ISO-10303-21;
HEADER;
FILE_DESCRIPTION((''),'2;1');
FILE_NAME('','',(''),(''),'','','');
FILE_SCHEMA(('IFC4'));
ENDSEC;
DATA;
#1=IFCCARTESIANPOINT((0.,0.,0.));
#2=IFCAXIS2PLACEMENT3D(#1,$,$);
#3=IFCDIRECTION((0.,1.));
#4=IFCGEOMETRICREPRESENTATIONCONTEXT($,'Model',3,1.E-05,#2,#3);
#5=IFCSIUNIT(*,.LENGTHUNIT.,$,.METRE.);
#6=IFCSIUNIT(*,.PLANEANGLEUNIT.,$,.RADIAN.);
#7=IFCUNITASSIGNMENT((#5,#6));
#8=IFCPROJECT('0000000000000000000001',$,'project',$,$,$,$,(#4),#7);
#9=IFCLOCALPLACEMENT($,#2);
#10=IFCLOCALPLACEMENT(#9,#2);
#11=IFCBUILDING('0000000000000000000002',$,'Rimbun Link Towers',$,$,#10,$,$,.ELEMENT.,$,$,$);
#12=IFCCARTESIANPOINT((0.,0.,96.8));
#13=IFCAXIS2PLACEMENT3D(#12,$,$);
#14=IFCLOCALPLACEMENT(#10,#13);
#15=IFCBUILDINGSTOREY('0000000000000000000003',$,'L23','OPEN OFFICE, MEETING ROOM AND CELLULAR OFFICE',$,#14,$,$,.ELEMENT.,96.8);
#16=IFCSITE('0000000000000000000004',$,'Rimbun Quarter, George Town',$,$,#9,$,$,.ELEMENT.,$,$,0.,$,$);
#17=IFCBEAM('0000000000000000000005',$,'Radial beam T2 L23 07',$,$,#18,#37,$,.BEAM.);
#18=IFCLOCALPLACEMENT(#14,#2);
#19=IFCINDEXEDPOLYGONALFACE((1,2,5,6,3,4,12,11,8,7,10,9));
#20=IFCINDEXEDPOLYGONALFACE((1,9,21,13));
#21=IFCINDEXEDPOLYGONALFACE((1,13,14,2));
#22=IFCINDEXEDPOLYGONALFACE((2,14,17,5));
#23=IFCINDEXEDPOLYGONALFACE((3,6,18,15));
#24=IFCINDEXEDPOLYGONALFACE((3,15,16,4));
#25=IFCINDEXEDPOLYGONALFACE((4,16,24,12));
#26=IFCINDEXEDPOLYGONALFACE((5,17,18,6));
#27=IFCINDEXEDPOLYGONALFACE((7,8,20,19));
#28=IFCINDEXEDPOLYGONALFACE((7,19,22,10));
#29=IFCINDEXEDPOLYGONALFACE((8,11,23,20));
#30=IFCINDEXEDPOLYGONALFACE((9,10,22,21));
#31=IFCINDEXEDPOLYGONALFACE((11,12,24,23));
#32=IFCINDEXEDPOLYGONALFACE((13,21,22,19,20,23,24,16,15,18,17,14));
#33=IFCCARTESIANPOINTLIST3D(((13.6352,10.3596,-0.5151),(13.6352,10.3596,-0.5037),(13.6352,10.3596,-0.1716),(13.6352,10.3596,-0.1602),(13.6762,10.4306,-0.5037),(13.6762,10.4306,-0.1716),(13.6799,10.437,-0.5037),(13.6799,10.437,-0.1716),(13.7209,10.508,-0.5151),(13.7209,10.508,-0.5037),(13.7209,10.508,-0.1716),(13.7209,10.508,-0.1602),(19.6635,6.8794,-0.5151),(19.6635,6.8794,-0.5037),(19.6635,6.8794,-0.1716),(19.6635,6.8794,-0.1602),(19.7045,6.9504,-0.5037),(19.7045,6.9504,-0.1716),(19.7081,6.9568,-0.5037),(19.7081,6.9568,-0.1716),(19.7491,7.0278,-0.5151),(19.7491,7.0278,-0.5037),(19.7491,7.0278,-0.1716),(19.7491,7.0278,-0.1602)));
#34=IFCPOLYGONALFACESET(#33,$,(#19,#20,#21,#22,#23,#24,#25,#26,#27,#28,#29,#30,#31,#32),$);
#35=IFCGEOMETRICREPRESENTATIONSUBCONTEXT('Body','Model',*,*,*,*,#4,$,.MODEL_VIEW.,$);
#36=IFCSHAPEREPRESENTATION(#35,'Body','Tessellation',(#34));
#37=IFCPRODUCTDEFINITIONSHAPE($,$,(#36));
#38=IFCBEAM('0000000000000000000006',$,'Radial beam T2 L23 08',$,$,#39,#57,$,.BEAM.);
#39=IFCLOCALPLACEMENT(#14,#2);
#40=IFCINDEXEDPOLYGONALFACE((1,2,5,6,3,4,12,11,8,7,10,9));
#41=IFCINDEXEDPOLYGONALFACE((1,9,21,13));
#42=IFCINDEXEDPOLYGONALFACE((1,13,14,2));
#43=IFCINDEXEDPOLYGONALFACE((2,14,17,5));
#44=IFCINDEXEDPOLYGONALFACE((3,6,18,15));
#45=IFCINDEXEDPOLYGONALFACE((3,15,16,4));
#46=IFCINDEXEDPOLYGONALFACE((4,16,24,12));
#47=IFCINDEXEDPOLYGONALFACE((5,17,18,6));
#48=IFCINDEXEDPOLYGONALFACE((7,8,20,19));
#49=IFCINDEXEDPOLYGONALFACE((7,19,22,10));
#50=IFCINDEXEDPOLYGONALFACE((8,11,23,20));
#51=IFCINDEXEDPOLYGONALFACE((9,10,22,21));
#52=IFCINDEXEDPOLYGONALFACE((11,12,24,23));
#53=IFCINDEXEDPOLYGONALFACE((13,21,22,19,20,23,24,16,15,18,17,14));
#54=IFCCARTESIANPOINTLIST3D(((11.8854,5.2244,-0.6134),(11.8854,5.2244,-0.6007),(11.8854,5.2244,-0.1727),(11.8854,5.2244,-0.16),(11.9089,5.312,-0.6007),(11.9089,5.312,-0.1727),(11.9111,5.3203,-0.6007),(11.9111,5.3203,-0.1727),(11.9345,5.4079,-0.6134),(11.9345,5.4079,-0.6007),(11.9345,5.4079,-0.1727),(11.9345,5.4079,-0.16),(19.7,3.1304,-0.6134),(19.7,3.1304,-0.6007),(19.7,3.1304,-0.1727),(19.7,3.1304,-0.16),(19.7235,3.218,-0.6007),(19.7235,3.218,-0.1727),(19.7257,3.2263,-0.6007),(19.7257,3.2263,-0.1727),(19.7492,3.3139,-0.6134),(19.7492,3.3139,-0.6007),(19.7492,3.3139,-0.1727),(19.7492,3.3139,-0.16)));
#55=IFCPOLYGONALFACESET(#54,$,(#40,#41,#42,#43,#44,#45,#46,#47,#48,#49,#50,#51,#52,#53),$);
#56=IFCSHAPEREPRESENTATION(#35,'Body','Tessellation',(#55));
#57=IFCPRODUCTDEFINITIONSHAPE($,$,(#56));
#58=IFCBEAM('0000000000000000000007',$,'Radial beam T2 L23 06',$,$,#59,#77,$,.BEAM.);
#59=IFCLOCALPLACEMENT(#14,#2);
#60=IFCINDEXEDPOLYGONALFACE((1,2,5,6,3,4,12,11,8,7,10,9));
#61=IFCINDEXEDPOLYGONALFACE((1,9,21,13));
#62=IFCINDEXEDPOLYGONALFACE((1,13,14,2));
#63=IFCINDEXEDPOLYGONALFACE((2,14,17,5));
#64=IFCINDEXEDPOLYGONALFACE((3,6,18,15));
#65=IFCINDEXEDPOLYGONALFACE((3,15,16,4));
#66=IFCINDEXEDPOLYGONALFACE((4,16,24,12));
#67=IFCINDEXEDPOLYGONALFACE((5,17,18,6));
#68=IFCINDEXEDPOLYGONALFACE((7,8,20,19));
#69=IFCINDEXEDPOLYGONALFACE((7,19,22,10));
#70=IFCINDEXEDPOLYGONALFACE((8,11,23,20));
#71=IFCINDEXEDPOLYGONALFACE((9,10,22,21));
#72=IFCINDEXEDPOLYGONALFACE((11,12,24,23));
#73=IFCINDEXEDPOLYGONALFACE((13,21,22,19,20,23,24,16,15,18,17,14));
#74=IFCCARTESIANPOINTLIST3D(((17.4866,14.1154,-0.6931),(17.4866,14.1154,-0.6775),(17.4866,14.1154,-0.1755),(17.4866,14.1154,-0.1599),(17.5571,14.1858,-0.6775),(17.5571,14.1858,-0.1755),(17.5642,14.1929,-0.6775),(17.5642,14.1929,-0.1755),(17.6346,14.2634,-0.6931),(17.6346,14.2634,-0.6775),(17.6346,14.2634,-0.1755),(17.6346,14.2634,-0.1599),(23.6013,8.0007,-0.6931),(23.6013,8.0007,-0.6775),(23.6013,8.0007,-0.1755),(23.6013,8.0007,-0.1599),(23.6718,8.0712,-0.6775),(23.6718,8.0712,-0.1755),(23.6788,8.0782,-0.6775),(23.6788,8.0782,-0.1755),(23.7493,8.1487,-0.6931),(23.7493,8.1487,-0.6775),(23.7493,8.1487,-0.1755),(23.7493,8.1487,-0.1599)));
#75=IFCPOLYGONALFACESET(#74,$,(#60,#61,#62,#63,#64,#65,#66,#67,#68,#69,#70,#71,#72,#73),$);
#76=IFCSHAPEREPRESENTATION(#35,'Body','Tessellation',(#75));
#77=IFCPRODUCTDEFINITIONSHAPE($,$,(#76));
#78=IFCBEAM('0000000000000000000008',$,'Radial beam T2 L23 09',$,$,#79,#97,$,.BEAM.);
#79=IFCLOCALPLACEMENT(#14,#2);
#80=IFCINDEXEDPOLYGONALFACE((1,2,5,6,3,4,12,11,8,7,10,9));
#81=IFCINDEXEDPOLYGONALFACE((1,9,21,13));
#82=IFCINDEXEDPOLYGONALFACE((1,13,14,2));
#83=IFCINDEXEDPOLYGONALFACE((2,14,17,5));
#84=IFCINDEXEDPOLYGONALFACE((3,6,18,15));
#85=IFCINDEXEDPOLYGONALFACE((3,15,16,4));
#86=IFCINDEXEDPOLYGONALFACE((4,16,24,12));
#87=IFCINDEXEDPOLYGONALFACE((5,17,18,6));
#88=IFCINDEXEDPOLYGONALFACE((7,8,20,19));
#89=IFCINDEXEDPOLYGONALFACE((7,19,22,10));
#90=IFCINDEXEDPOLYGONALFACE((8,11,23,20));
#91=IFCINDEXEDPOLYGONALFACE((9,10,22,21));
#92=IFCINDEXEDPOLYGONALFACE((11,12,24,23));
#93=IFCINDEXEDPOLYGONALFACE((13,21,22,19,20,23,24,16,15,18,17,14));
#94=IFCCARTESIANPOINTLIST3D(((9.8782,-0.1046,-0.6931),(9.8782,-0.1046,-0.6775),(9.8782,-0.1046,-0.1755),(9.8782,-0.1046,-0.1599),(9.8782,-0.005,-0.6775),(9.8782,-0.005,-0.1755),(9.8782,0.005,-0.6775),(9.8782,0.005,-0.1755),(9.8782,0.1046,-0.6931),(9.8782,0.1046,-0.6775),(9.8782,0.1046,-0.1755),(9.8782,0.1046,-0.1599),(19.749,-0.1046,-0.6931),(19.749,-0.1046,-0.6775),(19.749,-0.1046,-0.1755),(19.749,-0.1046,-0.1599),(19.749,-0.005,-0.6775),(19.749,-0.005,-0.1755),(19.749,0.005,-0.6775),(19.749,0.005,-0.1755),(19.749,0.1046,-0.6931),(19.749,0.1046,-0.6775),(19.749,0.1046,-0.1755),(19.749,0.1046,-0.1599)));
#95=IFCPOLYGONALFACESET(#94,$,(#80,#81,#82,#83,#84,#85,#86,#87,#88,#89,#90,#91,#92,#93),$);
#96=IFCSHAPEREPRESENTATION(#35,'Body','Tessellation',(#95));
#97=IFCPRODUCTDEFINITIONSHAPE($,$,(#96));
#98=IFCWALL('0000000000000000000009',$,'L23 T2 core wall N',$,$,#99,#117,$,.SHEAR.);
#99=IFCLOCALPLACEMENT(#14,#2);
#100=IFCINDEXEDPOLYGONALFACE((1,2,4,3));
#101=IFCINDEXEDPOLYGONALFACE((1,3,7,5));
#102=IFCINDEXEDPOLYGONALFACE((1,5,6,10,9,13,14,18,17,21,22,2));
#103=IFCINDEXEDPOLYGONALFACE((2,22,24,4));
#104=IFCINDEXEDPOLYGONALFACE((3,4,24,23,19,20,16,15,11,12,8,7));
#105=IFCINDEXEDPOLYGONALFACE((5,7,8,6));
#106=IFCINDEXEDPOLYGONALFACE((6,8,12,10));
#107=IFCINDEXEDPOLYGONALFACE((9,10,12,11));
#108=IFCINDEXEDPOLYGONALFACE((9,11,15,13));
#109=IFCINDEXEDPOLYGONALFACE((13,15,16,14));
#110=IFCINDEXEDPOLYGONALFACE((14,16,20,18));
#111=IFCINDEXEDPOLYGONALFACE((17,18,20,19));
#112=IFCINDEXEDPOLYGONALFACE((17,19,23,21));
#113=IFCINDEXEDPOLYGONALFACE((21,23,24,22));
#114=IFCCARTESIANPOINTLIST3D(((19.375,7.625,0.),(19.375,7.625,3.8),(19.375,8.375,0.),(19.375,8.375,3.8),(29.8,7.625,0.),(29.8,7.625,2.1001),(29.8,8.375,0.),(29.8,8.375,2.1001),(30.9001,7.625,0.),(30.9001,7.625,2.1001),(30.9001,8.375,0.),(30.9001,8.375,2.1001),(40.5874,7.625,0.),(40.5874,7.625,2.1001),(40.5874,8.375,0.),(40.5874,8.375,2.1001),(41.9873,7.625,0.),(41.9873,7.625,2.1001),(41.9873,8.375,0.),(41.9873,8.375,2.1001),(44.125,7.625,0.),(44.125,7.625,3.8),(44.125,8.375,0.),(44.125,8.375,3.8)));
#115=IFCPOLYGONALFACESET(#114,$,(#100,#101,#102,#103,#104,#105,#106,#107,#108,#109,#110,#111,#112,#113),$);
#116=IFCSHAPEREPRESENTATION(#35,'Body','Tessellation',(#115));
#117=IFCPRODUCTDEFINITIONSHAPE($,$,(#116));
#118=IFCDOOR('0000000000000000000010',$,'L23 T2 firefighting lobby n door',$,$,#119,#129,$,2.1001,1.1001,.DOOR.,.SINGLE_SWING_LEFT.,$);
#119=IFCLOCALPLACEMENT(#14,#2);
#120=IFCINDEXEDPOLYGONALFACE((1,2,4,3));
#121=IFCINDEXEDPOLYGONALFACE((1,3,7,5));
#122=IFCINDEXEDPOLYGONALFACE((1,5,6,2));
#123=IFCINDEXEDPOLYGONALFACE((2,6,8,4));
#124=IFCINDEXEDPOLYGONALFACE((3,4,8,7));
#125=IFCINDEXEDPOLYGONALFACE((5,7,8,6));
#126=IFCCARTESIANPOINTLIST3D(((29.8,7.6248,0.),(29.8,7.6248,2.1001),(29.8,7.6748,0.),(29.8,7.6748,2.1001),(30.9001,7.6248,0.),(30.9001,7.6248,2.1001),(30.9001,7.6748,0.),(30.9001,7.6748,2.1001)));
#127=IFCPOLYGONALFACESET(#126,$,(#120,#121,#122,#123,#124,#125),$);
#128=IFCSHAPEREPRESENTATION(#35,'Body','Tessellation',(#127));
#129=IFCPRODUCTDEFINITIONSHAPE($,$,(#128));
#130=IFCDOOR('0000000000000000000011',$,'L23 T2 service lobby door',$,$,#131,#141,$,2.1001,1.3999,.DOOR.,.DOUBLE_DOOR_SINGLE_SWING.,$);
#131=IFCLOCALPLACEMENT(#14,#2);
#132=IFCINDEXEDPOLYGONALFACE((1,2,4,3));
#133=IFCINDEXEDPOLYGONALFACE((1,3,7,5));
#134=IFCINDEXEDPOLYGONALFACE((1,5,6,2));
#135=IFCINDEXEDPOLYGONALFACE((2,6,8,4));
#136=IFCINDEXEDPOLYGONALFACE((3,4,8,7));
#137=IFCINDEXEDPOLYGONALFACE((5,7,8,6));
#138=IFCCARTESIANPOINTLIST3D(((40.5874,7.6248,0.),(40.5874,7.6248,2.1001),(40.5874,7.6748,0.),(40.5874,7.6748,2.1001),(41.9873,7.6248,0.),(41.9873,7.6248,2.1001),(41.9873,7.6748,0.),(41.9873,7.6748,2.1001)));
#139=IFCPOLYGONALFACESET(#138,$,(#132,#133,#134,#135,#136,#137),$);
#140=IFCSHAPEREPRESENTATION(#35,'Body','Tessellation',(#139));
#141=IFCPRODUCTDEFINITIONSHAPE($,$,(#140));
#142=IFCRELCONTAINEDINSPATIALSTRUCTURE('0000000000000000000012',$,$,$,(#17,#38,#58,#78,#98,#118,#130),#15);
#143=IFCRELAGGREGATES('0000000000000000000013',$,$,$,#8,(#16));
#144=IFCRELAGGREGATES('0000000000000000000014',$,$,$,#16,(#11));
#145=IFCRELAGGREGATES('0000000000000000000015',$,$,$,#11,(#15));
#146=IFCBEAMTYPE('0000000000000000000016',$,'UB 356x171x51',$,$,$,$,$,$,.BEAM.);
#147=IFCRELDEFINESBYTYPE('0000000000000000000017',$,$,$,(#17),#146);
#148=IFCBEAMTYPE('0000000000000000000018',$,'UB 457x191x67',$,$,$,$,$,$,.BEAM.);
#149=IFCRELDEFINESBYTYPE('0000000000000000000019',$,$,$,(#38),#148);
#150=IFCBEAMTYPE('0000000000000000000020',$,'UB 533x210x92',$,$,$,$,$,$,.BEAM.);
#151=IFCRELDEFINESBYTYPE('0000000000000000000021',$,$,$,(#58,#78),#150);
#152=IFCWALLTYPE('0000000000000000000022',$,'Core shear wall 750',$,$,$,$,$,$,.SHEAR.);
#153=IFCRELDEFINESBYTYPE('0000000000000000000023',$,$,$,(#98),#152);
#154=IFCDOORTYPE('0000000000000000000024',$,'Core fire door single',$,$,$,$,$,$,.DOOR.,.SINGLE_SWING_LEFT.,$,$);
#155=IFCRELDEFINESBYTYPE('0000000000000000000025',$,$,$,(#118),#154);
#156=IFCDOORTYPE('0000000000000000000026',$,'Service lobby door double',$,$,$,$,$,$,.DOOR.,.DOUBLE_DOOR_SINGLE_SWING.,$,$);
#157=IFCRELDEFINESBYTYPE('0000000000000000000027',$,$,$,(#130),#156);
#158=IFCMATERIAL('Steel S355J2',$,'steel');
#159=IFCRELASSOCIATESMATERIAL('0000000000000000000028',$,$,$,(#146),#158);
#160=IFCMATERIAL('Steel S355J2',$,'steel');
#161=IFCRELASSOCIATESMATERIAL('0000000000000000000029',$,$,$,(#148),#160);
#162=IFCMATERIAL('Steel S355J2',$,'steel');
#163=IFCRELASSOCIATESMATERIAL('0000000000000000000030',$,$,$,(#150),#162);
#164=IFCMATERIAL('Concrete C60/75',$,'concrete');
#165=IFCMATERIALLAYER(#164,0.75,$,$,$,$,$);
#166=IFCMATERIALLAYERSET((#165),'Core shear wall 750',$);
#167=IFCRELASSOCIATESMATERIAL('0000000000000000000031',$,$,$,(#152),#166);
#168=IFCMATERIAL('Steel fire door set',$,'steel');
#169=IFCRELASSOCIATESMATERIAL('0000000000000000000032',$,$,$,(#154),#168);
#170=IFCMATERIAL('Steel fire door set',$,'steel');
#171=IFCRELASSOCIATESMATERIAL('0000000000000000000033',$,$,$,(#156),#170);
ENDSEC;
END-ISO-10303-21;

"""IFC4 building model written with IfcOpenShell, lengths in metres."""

from ifc_helpers import new_model, si_unit, direction, frame, frame_2d, origin, origin_2d, place, context, subcontext, project, spatial, rectangle, i_section, extrude, material, layer, layer_set, material_profile, profile_set, type_object, element, fill, save


model = new_model("IFC4")

# Units and contexts
model_context = context("Model", 3, precision=1e-05, world=origin(), true_north=direction((0.0, 1.0)))
body_context = subcontext(model_context, "Body", "Model", "MODEL_VIEW")
ifc_project = project(units=[si_unit("LENGTHUNIT", "METRE"), si_unit("PLANEANGLEUNIT", "RADIAN")], contexts=[model_context])

# Site, building, storey
site_placement = place(None, origin())
site = spatial("IfcSite", under=ifc_project, at=site_placement, Name="Rimbun Quarter, George Town", CompositionType="ELEMENT", RefElevation=0.0)
building_placement = place(site_placement, origin())
building = spatial("IfcBuilding", under=site, at=building_placement, Name="Rimbun Link Towers", CompositionType="ELEMENT")
storey_placement = place(building_placement, frame((0.0, 0.0, 96.8)))
storey = spatial("IfcBuildingStorey", under=building, at=storey_placement, Name="L23", Description="OPEN OFFICE, MEETING ROOM AND CELLULAR OFFICE", CompositionType="ELEMENT", Elevation=96.8)

# Beams
ifc_material_1 = material(Name="Steel S355J2", Category="steel")
ifc_material_profile_1 = material_profile(ifc_material_1, i_section(OverallWidth=0.1714, OverallDepth=0.355, WebThickness=0.0073, FlangeThickness=0.0115, at=origin_2d()), Name="UB 356x171x51")
ifc_profile_set_1 = profile_set([ifc_material_profile_1], Name="Steel S355J2")
beam_type_1 = type_object("IfcBeamType", Name="UB 356x171x51", PredefinedType="BEAM", material=ifc_profile_set_1)
beam_1_placement = place(storey_placement, frame((19.7063, 6.9536, -0.3376), z_axis=(-0.86604, 0.499975, 0.0), x_axis=(-0.499975, -0.86604, 0.0)))
element("IfcBeam", 1, at=beam_1_placement, inside=storey, type_object=beam_type_1, Name="Radial beam T2 L23 07", PredefinedType="BEAM", context=body_context, shape_type="SweptSolid", body=[
    extrude(i_section(OverallWidth=0.1714, OverallDepth=0.355, WebThickness=0.0073, FlangeThickness=0.0115, at=origin_2d()), origin(), (0.0, 0.0, 1.0), 6.9607),
])
ifc_material_2 = material(Name="Steel S355J2", Category="steel")
ifc_material_profile_2 = material_profile(ifc_material_2, i_section(OverallWidth=0.1899, OverallDepth=0.4534, WebThickness=0.0085, FlangeThickness=0.0127, at=origin_2d()), Name="UB 457x191x67")
ifc_profile_set_2 = profile_set([ifc_material_profile_2], Name="Steel S355J2")
beam_type_2 = type_object("IfcBeamType", Name="UB 457x191x67", PredefinedType="BEAM", material=ifc_profile_set_2)
beam_2_placement = place(storey_placement, frame((19.7246, 3.2222, -0.3867), z_axis=(-0.965924, 0.258825, 0.0), x_axis=(-0.258825, -0.965924, 0.0)))
element("IfcBeam", 2, at=beam_2_placement, inside=storey, type_object=beam_type_2, Name="Radial beam T2 L23 08", PredefinedType="BEAM", context=body_context, shape_type="SweptSolid", body=[
    extrude(i_section(OverallWidth=0.1899, OverallDepth=0.4534, WebThickness=0.0085, FlangeThickness=0.0127, at=origin_2d()), origin(), (0.0, 0.0, 1.0), 8.0903),
])
ifc_material_3 = material(Name="Steel S355J2", Category="steel")
ifc_material_profile_3 = material_profile(ifc_material_3, i_section(OverallWidth=0.2092, OverallDepth=0.5332, WebThickness=0.01, FlangeThickness=0.0156, at=origin_2d()), Name="UB 533x210x92")
ifc_profile_set_3 = profile_set([ifc_material_profile_3], Name="Steel S355J2")
beam_type_3 = type_object("IfcBeamType", Name="UB 533x210x92", PredefinedType="BEAM", material=ifc_profile_set_3)
beam_3_placement = place(storey_placement, frame((23.6753, 8.0747, -0.4265), z_axis=(-0.707107, 0.707107, 0.0), x_axis=(-0.707107, -0.707107, 0.0)))
element("IfcBeam", 3, at=beam_3_placement, inside=storey, type_object=beam_type_3, Name="Radial beam T2 L23 06", PredefinedType="BEAM", context=body_context, shape_type="SweptSolid", body=[
    extrude(i_section(OverallWidth=0.2092, OverallDepth=0.5332, WebThickness=0.01, FlangeThickness=0.0156, at=origin_2d()), origin(), (0.0, 0.0, 1.0), 8.6475),
])
beam_4_placement = place(storey_placement, frame((19.749, 0.0, -0.4265), z_axis=(-1.0, 0.0, 0.0), x_axis=(0.0, -1.0, 0.0)))
element("IfcBeam", 4, at=beam_4_placement, inside=storey, type_object=beam_type_3, Name="Radial beam T2 L23 09", PredefinedType="BEAM", context=body_context, shape_type="SweptSolid", body=[
    extrude(i_section(OverallWidth=0.2092, OverallDepth=0.5332, WebThickness=0.01, FlangeThickness=0.0156, at=origin_2d()), origin(), (0.0, 0.0, 1.0), 9.8708),
])

# Wall, openings, doors
ifc_material_4 = material(Name="Concrete C60/75", Category="concrete")
ifc_layer_1 = layer(ifc_material_4, 0.75)
ifc_layer_set_1 = layer_set([ifc_layer_1], Name="Core shear wall 750")
wall_type_1 = type_object("IfcWallType", Name="Core shear wall 750", PredefinedType="SHEAR", material=ifc_layer_set_1)
wall_1_placement = place(storey_placement, frame((19.375, 8.0, 0.0), z_axis=(0.0, 0.0, 1.0), x_axis=(1.0, 0.0, 0.0)))
wall_1 = element("IfcWall", 5, at=wall_1_placement, inside=storey, type_object=wall_type_1, Name="L23 T2 core wall N", PredefinedType="SHEAR", context=body_context, shape_type="SweptSolid", body=[
    extrude(rectangle(XDim=24.75, YDim=0.75, at=frame_2d((12.375, 0.0))), origin(), (0.0, 0.0, 1.0), 3.8),
])
opening_1_placement = place(wall_1_placement, frame((10.425, 0.0, 0.0)))
opening_1 = element("IfcOpeningElement", 6, at=opening_1_placement, cuts=wall_1, PredefinedType="OPENING", context=body_context, shape_type="SweptSolid", body=[
    extrude(rectangle(XDim=1.1001, YDim=2.1001, at=frame_2d((0.55, 1.05))), frame((0.0, 0.385, 0.0), z_axis=(0.0, -1.0, 0.0), x_axis=(1.0, 0.0, 0.0)), (0.0, 0.0, 1.0), 0.77),
])
opening_2_placement = place(wall_1_placement, frame((21.2124, 0.0, 0.0)))
opening_2 = element("IfcOpeningElement", 7, at=opening_2_placement, cuts=wall_1, PredefinedType="OPENING", context=body_context, shape_type="SweptSolid", body=[
    extrude(rectangle(XDim=1.3999, YDim=2.1001, at=frame_2d((0.7, 1.05))), frame((0.0, 0.385, 0.0), z_axis=(0.0, -1.0, 0.0), x_axis=(1.0, 0.0, 0.0)), (0.0, 0.0, 1.0), 0.77),
])
ifc_material_5 = material(Name="Steel fire door set", Category="steel")
door_type_1 = type_object("IfcDoorType", Name="Core fire door single", OperationType="SINGLE_SWING_LEFT", PredefinedType="DOOR", material=ifc_material_5)
door_1_placement = place(opening_1_placement, origin())
door_1 = element("IfcDoor", 8, at=door_1_placement, inside=storey, type_object=door_type_1, Name="L23 T2 firefighting lobby n door", OperationType="SINGLE_SWING_LEFT", OverallHeight=2.1001, OverallWidth=1.1001, PredefinedType="DOOR", context=body_context, shape_type="SweptSolid", body=[
    extrude(rectangle(XDim=1.1001, YDim=2.1001, at=frame_2d((0.55, 1.05))), frame((0.0, -0.3252, 0.0), z_axis=(0.0, -1.0, 0.0), x_axis=(1.0, 0.0, 0.0)), (0.0, 0.0, 1.0), 0.05),
])
fill(opening_1, door_1)
ifc_material_6 = material(Name="Steel fire door set", Category="steel")
door_type_2 = type_object("IfcDoorType", Name="Service lobby door double", OperationType="DOUBLE_DOOR_SINGLE_SWING", PredefinedType="DOOR", material=ifc_material_6)
door_2_placement = place(opening_2_placement, origin())
door_2 = element("IfcDoor", 9, at=door_2_placement, inside=storey, type_object=door_type_2, Name="L23 T2 service lobby door", OperationType="DOUBLE_DOOR_SINGLE_SWING", OverallHeight=2.1001, OverallWidth=1.3999, PredefinedType="DOOR", context=body_context, shape_type="SweptSolid", body=[
    extrude(rectangle(XDim=1.3999, YDim=2.1001, at=frame_2d((0.7, 1.05))), frame((0.0, -0.3252, 0.0), z_axis=(0.0, -1.0, 0.0), x_axis=(1.0, 0.0, 0.0)), (0.0, 0.0, 1.0), 0.05),
])
fill(opening_2, door_2)

save(model, "model.ifc")
